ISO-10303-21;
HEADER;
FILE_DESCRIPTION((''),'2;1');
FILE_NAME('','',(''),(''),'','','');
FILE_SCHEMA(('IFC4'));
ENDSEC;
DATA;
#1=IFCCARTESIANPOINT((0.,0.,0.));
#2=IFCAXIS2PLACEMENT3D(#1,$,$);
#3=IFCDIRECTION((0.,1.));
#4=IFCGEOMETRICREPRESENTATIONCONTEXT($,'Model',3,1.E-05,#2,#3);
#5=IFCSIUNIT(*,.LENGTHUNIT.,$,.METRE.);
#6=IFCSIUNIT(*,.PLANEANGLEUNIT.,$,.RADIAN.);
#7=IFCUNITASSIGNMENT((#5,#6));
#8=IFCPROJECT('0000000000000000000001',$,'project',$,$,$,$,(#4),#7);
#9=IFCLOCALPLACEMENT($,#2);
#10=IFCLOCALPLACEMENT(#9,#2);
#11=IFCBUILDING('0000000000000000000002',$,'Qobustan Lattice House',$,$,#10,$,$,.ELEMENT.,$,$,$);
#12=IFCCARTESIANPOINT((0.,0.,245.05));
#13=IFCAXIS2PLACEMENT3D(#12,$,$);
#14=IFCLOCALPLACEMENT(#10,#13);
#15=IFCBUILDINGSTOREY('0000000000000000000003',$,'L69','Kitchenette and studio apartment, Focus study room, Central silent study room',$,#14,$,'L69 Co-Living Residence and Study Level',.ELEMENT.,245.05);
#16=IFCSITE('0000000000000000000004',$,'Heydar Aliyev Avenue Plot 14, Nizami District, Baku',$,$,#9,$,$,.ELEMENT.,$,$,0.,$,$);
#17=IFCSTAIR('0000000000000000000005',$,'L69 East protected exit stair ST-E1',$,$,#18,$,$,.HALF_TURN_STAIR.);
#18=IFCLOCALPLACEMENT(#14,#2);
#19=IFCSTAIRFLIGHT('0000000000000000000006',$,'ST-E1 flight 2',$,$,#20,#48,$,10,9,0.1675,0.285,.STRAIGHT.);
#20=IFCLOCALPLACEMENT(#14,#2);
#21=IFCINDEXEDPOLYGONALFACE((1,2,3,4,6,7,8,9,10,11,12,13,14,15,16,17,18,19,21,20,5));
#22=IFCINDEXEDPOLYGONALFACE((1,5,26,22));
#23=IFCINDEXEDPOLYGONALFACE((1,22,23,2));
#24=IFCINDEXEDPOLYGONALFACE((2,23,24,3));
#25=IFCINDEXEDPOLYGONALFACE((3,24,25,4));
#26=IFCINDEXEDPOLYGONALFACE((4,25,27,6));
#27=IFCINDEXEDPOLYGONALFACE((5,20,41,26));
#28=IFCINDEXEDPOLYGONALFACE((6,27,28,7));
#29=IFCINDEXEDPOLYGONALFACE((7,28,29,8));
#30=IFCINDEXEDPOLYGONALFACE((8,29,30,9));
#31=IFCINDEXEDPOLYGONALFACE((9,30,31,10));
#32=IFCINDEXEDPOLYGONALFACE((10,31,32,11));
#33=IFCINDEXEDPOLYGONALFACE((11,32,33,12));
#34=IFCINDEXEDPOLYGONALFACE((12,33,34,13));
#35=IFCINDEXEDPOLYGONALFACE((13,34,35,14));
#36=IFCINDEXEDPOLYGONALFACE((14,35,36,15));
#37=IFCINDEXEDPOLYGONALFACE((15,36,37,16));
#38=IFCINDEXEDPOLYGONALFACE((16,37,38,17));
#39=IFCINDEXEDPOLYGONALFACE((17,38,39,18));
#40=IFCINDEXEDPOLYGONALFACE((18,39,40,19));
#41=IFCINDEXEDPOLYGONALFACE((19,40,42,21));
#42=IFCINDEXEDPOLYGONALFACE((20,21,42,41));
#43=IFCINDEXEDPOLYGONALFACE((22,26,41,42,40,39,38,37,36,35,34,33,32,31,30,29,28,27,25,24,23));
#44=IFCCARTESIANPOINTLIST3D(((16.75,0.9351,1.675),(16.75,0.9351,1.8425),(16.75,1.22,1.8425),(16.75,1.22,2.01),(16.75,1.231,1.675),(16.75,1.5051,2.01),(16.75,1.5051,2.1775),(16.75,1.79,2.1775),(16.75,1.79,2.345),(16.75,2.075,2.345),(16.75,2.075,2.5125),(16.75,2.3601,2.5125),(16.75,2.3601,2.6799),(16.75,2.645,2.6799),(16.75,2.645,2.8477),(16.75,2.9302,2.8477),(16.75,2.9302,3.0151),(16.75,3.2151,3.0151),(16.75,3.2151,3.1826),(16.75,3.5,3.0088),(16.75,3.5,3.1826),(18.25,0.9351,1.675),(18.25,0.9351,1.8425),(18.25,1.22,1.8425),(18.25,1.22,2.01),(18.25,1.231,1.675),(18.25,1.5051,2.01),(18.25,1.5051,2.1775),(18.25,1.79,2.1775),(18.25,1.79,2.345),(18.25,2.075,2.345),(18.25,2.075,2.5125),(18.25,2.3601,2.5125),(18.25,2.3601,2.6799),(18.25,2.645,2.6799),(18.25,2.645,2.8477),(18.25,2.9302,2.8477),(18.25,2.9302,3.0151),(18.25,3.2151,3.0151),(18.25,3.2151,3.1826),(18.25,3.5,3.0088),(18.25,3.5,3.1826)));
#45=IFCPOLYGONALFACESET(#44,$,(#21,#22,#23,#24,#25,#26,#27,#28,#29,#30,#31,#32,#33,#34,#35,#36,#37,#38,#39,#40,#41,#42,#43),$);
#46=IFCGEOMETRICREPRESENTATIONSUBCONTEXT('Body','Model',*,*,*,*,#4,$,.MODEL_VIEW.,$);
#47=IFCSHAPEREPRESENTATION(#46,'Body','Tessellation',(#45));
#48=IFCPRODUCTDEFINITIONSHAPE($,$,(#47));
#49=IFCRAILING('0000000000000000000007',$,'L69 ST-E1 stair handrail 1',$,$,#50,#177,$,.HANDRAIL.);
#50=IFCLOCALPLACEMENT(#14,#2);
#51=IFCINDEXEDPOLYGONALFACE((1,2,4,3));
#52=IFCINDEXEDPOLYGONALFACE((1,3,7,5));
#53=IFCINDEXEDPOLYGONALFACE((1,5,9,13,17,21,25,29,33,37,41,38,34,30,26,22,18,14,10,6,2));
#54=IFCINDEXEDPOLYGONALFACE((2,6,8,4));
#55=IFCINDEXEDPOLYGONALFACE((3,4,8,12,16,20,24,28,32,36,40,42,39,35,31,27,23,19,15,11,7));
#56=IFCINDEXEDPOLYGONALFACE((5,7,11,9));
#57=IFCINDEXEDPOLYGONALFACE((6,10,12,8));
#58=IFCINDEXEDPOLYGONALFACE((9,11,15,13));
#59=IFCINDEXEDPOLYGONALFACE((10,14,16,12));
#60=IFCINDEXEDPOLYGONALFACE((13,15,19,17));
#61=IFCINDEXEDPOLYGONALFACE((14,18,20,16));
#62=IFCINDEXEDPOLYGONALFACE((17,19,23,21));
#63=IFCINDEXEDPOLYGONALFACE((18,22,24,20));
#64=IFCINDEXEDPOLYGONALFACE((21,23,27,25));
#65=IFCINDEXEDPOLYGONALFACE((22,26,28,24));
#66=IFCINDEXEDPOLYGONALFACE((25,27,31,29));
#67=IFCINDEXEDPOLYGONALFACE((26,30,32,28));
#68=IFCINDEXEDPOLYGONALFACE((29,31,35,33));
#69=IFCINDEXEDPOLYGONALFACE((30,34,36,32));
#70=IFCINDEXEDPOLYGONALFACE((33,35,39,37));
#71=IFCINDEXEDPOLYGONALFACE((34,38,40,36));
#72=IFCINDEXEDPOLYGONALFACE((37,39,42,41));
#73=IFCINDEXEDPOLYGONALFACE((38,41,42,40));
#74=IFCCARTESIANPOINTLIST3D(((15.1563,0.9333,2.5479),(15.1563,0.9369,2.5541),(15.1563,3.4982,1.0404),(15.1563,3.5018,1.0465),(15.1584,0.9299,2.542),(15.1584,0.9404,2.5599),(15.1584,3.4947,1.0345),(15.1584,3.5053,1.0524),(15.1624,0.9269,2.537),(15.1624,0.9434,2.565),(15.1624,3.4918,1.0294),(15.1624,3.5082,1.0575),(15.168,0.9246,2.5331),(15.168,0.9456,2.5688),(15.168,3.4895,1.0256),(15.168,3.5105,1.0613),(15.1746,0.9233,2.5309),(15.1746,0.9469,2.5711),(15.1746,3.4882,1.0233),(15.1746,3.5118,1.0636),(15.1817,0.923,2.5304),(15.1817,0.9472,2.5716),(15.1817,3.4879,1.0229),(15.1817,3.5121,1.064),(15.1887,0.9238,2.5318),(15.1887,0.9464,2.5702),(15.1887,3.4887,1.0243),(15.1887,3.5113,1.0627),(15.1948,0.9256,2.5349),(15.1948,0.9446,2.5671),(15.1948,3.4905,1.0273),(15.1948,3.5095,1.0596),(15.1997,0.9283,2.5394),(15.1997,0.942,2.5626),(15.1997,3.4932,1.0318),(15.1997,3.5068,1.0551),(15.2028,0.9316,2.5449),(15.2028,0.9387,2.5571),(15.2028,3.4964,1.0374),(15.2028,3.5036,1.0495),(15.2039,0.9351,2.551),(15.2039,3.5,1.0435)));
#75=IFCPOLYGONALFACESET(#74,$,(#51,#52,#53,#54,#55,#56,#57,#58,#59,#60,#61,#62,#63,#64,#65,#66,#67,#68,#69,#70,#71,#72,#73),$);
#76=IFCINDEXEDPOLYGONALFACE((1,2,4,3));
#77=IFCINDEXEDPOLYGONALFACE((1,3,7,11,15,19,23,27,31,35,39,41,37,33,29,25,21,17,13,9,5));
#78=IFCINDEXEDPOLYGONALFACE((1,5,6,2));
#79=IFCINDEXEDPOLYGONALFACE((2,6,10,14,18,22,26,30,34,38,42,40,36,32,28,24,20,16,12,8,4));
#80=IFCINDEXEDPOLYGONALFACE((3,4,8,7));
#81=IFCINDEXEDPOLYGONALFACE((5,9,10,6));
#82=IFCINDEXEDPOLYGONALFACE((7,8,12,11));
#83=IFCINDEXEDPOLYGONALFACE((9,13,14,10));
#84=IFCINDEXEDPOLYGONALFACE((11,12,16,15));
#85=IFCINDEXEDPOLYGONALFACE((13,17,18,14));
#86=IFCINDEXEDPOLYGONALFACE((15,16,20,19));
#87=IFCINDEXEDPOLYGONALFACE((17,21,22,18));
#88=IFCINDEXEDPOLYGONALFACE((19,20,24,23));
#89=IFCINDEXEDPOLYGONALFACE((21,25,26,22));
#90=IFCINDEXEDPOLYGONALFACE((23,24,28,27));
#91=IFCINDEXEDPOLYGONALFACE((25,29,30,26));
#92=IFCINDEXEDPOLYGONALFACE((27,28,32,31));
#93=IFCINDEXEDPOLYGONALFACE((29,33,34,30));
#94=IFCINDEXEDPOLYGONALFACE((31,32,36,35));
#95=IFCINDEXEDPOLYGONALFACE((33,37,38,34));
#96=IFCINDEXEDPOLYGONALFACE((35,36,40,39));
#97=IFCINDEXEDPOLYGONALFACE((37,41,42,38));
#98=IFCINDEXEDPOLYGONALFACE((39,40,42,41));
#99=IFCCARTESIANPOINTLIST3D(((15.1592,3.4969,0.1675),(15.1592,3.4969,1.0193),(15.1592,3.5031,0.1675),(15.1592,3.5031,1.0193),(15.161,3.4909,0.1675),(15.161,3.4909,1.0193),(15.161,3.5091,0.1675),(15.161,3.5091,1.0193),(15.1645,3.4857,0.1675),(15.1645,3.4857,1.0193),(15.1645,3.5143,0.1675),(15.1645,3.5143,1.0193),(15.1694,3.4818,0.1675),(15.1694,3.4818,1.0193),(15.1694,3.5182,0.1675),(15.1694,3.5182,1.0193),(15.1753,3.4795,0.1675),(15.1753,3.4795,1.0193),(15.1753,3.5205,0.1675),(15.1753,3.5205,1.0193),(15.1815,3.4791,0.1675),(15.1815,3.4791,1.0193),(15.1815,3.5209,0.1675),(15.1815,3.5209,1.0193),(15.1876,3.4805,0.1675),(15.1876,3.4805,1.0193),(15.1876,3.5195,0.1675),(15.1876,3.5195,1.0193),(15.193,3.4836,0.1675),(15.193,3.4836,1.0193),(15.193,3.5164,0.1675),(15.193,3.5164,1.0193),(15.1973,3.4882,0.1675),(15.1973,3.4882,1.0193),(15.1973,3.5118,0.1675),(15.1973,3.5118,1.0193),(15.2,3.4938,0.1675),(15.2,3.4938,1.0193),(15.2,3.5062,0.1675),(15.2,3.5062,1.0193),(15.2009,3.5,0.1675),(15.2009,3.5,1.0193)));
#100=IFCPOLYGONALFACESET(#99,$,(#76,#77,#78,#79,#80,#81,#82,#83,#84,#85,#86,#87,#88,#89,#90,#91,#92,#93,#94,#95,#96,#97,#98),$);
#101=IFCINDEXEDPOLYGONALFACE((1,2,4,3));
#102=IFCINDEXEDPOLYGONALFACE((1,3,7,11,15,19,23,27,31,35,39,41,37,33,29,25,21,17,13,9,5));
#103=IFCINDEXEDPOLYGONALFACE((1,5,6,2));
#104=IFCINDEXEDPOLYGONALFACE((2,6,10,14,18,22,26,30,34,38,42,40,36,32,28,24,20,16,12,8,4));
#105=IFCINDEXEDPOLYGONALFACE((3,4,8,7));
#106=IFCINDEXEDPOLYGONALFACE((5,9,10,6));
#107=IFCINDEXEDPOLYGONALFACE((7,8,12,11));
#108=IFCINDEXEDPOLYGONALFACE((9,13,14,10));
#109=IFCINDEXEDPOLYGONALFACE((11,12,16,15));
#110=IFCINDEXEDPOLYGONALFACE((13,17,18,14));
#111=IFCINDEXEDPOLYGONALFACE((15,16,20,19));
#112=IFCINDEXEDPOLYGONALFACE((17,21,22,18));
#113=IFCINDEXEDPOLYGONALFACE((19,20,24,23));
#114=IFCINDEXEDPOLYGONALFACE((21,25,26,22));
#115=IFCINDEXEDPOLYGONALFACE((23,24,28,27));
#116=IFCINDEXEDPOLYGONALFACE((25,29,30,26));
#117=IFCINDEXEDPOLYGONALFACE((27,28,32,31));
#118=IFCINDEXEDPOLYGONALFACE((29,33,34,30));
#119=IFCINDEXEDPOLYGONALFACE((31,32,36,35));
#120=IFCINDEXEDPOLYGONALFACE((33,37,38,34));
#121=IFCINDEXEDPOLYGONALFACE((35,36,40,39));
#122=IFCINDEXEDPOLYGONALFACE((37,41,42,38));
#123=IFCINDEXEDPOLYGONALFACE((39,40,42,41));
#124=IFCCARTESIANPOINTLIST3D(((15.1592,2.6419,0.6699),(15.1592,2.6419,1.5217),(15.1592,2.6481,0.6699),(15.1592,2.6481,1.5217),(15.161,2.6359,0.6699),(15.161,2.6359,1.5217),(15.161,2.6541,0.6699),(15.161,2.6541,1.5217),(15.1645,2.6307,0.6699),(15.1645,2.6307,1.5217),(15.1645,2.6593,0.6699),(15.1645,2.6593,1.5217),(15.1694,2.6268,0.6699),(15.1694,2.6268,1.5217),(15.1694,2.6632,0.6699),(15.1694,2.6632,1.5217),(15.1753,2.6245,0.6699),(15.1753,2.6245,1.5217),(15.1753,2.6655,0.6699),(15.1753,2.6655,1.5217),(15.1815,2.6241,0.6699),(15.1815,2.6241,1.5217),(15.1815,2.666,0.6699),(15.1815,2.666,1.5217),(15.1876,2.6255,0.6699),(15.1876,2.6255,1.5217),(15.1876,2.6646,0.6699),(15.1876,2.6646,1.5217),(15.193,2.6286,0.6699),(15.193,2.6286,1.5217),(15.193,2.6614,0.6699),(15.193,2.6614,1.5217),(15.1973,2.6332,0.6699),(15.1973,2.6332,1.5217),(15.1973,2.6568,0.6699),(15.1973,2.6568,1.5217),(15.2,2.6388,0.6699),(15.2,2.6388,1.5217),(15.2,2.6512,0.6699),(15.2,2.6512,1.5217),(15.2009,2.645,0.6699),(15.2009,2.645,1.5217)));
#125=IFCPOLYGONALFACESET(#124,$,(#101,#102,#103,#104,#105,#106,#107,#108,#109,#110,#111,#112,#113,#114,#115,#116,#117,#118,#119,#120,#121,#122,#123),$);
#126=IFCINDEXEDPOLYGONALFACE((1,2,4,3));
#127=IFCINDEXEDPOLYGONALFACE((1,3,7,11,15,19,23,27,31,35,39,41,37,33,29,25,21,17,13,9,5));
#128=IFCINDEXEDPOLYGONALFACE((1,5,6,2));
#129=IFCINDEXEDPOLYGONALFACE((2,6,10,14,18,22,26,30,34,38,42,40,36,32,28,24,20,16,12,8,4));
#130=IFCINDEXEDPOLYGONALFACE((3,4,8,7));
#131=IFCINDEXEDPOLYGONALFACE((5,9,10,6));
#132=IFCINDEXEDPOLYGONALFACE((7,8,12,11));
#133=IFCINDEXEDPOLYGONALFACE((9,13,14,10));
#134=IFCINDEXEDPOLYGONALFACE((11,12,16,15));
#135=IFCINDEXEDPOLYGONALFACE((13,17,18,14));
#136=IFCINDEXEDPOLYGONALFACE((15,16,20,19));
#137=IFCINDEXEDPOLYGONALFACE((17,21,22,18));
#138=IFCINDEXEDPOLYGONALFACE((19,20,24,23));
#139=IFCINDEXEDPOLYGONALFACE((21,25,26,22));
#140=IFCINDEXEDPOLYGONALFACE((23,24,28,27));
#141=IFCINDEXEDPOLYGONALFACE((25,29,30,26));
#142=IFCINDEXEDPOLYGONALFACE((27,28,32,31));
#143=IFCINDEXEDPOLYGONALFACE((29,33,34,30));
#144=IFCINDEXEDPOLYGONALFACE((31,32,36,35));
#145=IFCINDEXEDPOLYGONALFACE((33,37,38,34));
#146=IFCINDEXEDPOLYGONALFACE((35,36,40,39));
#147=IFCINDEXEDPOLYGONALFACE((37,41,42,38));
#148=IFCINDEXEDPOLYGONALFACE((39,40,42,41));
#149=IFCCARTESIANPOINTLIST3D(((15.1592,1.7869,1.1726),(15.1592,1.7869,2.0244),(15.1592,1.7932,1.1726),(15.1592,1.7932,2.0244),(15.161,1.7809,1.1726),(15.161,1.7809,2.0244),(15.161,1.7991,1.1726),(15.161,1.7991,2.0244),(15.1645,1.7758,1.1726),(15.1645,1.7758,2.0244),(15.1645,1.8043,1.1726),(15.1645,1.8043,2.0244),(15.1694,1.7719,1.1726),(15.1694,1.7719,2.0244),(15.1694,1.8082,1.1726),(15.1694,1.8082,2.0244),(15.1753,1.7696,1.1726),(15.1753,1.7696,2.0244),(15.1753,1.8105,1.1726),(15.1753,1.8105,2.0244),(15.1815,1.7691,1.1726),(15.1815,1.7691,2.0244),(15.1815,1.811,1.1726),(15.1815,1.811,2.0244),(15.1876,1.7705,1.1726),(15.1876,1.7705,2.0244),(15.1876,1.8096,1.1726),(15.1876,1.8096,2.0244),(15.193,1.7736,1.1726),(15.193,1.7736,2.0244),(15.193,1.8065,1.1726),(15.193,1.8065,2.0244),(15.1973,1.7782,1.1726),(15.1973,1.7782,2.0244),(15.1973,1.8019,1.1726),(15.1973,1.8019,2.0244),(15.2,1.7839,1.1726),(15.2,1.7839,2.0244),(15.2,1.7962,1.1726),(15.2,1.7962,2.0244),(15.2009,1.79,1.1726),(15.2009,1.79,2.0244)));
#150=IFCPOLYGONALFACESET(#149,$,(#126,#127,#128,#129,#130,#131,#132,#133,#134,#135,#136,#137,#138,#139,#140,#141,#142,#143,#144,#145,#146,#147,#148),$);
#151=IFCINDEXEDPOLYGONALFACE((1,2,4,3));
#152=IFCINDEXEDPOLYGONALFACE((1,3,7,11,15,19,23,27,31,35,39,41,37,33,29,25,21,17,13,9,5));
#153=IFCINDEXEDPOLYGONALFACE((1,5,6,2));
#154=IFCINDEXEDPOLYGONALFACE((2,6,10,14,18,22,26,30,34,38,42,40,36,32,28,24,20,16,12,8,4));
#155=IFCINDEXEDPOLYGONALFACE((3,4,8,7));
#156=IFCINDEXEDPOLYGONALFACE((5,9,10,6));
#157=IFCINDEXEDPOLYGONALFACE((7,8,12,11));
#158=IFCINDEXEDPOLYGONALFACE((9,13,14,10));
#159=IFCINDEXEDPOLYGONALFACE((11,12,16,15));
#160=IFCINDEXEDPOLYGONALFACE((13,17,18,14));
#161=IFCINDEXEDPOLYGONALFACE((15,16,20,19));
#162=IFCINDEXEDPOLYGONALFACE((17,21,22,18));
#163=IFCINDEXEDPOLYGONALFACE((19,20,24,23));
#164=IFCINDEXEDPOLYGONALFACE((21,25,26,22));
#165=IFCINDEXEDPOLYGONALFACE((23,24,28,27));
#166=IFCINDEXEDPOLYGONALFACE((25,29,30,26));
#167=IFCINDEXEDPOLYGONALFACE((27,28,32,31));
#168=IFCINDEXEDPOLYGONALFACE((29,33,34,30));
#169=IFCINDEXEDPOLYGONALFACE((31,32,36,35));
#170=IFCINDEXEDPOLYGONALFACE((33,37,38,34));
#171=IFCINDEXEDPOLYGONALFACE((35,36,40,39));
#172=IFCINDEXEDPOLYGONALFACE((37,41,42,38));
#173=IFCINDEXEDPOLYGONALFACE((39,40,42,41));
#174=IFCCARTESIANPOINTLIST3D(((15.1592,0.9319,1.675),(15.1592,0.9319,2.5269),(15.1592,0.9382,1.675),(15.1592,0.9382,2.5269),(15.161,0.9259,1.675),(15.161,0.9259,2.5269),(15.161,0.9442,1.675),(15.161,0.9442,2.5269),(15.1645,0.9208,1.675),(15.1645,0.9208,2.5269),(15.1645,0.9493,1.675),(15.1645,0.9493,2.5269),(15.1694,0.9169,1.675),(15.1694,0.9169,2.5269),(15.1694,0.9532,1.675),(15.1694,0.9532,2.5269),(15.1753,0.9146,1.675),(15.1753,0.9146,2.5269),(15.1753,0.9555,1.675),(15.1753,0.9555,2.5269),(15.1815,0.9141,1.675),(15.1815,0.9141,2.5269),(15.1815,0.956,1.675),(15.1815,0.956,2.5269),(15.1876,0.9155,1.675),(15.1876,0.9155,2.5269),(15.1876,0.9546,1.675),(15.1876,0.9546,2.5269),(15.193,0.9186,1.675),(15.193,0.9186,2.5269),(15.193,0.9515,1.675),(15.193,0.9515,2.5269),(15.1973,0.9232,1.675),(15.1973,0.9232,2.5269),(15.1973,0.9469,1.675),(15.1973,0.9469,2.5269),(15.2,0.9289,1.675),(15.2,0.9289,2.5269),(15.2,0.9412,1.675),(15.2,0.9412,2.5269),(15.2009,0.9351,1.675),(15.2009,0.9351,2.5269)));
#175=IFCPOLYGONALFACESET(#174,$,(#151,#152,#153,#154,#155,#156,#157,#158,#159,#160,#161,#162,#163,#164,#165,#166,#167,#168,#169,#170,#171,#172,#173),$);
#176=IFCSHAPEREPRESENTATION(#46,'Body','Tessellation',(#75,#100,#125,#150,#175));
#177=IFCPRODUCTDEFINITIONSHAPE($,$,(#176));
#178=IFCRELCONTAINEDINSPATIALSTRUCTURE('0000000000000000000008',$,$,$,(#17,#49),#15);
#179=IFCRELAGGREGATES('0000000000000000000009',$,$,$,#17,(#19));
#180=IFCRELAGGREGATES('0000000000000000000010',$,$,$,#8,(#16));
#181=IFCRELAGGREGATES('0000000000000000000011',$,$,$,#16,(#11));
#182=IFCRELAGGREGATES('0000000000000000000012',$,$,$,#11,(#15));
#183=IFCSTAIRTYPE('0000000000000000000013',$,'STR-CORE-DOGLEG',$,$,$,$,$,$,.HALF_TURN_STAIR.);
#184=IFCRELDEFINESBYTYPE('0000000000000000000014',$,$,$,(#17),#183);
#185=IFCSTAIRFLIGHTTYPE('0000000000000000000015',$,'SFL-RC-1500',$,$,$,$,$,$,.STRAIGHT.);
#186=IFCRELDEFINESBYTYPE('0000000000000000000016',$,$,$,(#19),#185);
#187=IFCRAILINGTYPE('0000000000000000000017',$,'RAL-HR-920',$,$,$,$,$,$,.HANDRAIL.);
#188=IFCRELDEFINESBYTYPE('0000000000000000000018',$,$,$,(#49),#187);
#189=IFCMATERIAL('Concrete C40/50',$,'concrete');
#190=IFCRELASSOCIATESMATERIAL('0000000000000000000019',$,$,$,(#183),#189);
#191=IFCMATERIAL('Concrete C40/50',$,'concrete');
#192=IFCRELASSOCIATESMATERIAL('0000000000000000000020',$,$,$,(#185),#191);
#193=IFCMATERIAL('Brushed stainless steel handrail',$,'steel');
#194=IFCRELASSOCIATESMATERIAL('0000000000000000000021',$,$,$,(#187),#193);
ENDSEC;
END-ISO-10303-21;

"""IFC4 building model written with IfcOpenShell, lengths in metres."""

from ifc_helpers import new_model, si_unit, direction, frame, origin, origin_2d, place, context, subcontext, project, spatial, polyline, circle, outline, extrude, material, type_object, element, aggregate, save


model = new_model("IFC4")

# Units and contexts
model_context = context("Model", 3, precision=1e-05, world=origin(), true_north=direction((0.0, 1.0)))
body_context = subcontext(model_context, "Body", "Model", "MODEL_VIEW")
ifc_project = project(units=[si_unit("LENGTHUNIT", "METRE"), si_unit("PLANEANGLEUNIT", "RADIAN")], contexts=[model_context])

# Site, building, storey
site_placement = place(None, origin())
site = spatial("IfcSite", under=ifc_project, at=site_placement, Name="Heydar Aliyev Avenue Plot 14, Nizami District, Baku", CompositionType="ELEMENT", RefElevation=0.0)
building_placement = place(site_placement, origin())
building = spatial("IfcBuilding", under=site, at=building_placement, Name="Qobustan Lattice House", CompositionType="ELEMENT")
storey_placement = place(building_placement, frame((0.0, 0.0, 245.05)))
storey = spatial("IfcBuildingStorey", under=building, at=storey_placement, Name="L69", Description="Kitchenette and studio apartment, Focus study room, Central silent study room", LongName="L69 Co-Living Residence and Study Level", CompositionType="ELEMENT", Elevation=245.05)

# Stair, stair flight
ifc_material_1 = material(Name="Concrete C40/50", Category="concrete")
stair_type = type_object("IfcStairType", Name="STR-CORE-DOGLEG", PredefinedType="HALF_TURN_STAIR", material=ifc_material_1)
stair_placement = place(storey_placement, origin())
stair = element("IfcStair", 1, at=stair_placement, inside=storey, type_object=stair_type, Name="L69 East protected exit stair ST-E1", PredefinedType="HALF_TURN_STAIR")
ifc_material_2 = material(Name="Concrete C40/50", Category="concrete")
stair_flight_type = type_object("IfcStairFlightType", Name="SFL-RC-1500", PredefinedType="STRAIGHT", material=ifc_material_2)
stair_flight_1_placement = place(storey_placement, frame((17.5, 0.9351, 1.675), z_axis=(0.0, 0.0, 1.0), x_axis=(0.0, 1.0, 0.0)))
stair_flight_1 = element("IfcStairFlight", 2, at=stair_flight_1_placement, type_object=stair_flight_type, Name="ST-E1 flight 2", NumberOfRisers=10, NumberOfTreads=9, PredefinedType="STRAIGHT", RiserHeight=0.1675, TreadLength=0.285, context=body_context, shape_type="SweptSolid", body=[
    extrude(outline(polyline([(0.0, 0.0), (0.0, 0.1675), (0.2849, 0.1675), (0.2849, 0.335), (0.5701, 0.335), (0.5701, 0.5024), (0.855, 0.5024), (0.855, 0.6699), (1.1399, 0.6699), (1.1399, 0.8374), (1.425, 0.8374), (1.425, 1.0049), (1.71, 1.0049), (1.71, 1.1726), (1.9951, 1.1726), (1.9951, 1.3401), (2.28, 1.3401), (2.28, 1.5076), (2.5649, 1.5076), (2.5649, 1.675), (2.5649, 1.3337), (0.2959, 0.0), (0.0, 0.0)])), frame((0.0, 0.75, 0.0), z_axis=(0.0, -1.0, 0.0), x_axis=(1.0, 0.0, 0.0)), (0.0, 0.0, 1.0), 1.5),
])
aggregate(stair, [stair_flight_1])

# Railing
ifc_material_3 = material(Name="Brushed stainless steel handrail", Category="steel")
railing_type_1 = type_object("IfcRailingType", Name="RAL-HR-920", PredefinedType="HANDRAIL", material=ifc_material_3)
railing_1_placement = place(storey_placement, frame((15.1799, 3.5, 0.1675)))
element("IfcRailing", 3, at=railing_1_placement, inside=storey, type_object=railing_type_1, Name="L69 ST-E1 stair handrail 1", PredefinedType="HANDRAIL", context=body_context, shape_type="SweptSolid", body=[
    extrude(circle(Radius=0.0239, at=origin_2d()), frame((0.0, 0.0, 0.876), z_axis=(0.0, -0.862113, 0.506715), x_axis=(1.0, 0.0, 0.0)), (0.0, 0.0, 1.0), 2.9751),
    extrude(circle(Radius=0.021, at=origin_2d()), origin(), (0.0, 0.0, 1.0), 0.8518),
    extrude(circle(Radius=0.021, at=origin_2d()), frame((0.0, -0.855, 0.5024)), (0.0, 0.0, 1.0), 0.8518),
    extrude(circle(Radius=0.021, at=origin_2d()), frame((0.0, -1.71, 1.0051)), (0.0, 0.0, 1.0), 0.8518),
    extrude(circle(Radius=0.021, at=origin_2d()), frame((0.0, -2.5649, 1.5076)), (0.0, 0.0, 1.0), 0.8518),
])

save(model, "model.ifc")
